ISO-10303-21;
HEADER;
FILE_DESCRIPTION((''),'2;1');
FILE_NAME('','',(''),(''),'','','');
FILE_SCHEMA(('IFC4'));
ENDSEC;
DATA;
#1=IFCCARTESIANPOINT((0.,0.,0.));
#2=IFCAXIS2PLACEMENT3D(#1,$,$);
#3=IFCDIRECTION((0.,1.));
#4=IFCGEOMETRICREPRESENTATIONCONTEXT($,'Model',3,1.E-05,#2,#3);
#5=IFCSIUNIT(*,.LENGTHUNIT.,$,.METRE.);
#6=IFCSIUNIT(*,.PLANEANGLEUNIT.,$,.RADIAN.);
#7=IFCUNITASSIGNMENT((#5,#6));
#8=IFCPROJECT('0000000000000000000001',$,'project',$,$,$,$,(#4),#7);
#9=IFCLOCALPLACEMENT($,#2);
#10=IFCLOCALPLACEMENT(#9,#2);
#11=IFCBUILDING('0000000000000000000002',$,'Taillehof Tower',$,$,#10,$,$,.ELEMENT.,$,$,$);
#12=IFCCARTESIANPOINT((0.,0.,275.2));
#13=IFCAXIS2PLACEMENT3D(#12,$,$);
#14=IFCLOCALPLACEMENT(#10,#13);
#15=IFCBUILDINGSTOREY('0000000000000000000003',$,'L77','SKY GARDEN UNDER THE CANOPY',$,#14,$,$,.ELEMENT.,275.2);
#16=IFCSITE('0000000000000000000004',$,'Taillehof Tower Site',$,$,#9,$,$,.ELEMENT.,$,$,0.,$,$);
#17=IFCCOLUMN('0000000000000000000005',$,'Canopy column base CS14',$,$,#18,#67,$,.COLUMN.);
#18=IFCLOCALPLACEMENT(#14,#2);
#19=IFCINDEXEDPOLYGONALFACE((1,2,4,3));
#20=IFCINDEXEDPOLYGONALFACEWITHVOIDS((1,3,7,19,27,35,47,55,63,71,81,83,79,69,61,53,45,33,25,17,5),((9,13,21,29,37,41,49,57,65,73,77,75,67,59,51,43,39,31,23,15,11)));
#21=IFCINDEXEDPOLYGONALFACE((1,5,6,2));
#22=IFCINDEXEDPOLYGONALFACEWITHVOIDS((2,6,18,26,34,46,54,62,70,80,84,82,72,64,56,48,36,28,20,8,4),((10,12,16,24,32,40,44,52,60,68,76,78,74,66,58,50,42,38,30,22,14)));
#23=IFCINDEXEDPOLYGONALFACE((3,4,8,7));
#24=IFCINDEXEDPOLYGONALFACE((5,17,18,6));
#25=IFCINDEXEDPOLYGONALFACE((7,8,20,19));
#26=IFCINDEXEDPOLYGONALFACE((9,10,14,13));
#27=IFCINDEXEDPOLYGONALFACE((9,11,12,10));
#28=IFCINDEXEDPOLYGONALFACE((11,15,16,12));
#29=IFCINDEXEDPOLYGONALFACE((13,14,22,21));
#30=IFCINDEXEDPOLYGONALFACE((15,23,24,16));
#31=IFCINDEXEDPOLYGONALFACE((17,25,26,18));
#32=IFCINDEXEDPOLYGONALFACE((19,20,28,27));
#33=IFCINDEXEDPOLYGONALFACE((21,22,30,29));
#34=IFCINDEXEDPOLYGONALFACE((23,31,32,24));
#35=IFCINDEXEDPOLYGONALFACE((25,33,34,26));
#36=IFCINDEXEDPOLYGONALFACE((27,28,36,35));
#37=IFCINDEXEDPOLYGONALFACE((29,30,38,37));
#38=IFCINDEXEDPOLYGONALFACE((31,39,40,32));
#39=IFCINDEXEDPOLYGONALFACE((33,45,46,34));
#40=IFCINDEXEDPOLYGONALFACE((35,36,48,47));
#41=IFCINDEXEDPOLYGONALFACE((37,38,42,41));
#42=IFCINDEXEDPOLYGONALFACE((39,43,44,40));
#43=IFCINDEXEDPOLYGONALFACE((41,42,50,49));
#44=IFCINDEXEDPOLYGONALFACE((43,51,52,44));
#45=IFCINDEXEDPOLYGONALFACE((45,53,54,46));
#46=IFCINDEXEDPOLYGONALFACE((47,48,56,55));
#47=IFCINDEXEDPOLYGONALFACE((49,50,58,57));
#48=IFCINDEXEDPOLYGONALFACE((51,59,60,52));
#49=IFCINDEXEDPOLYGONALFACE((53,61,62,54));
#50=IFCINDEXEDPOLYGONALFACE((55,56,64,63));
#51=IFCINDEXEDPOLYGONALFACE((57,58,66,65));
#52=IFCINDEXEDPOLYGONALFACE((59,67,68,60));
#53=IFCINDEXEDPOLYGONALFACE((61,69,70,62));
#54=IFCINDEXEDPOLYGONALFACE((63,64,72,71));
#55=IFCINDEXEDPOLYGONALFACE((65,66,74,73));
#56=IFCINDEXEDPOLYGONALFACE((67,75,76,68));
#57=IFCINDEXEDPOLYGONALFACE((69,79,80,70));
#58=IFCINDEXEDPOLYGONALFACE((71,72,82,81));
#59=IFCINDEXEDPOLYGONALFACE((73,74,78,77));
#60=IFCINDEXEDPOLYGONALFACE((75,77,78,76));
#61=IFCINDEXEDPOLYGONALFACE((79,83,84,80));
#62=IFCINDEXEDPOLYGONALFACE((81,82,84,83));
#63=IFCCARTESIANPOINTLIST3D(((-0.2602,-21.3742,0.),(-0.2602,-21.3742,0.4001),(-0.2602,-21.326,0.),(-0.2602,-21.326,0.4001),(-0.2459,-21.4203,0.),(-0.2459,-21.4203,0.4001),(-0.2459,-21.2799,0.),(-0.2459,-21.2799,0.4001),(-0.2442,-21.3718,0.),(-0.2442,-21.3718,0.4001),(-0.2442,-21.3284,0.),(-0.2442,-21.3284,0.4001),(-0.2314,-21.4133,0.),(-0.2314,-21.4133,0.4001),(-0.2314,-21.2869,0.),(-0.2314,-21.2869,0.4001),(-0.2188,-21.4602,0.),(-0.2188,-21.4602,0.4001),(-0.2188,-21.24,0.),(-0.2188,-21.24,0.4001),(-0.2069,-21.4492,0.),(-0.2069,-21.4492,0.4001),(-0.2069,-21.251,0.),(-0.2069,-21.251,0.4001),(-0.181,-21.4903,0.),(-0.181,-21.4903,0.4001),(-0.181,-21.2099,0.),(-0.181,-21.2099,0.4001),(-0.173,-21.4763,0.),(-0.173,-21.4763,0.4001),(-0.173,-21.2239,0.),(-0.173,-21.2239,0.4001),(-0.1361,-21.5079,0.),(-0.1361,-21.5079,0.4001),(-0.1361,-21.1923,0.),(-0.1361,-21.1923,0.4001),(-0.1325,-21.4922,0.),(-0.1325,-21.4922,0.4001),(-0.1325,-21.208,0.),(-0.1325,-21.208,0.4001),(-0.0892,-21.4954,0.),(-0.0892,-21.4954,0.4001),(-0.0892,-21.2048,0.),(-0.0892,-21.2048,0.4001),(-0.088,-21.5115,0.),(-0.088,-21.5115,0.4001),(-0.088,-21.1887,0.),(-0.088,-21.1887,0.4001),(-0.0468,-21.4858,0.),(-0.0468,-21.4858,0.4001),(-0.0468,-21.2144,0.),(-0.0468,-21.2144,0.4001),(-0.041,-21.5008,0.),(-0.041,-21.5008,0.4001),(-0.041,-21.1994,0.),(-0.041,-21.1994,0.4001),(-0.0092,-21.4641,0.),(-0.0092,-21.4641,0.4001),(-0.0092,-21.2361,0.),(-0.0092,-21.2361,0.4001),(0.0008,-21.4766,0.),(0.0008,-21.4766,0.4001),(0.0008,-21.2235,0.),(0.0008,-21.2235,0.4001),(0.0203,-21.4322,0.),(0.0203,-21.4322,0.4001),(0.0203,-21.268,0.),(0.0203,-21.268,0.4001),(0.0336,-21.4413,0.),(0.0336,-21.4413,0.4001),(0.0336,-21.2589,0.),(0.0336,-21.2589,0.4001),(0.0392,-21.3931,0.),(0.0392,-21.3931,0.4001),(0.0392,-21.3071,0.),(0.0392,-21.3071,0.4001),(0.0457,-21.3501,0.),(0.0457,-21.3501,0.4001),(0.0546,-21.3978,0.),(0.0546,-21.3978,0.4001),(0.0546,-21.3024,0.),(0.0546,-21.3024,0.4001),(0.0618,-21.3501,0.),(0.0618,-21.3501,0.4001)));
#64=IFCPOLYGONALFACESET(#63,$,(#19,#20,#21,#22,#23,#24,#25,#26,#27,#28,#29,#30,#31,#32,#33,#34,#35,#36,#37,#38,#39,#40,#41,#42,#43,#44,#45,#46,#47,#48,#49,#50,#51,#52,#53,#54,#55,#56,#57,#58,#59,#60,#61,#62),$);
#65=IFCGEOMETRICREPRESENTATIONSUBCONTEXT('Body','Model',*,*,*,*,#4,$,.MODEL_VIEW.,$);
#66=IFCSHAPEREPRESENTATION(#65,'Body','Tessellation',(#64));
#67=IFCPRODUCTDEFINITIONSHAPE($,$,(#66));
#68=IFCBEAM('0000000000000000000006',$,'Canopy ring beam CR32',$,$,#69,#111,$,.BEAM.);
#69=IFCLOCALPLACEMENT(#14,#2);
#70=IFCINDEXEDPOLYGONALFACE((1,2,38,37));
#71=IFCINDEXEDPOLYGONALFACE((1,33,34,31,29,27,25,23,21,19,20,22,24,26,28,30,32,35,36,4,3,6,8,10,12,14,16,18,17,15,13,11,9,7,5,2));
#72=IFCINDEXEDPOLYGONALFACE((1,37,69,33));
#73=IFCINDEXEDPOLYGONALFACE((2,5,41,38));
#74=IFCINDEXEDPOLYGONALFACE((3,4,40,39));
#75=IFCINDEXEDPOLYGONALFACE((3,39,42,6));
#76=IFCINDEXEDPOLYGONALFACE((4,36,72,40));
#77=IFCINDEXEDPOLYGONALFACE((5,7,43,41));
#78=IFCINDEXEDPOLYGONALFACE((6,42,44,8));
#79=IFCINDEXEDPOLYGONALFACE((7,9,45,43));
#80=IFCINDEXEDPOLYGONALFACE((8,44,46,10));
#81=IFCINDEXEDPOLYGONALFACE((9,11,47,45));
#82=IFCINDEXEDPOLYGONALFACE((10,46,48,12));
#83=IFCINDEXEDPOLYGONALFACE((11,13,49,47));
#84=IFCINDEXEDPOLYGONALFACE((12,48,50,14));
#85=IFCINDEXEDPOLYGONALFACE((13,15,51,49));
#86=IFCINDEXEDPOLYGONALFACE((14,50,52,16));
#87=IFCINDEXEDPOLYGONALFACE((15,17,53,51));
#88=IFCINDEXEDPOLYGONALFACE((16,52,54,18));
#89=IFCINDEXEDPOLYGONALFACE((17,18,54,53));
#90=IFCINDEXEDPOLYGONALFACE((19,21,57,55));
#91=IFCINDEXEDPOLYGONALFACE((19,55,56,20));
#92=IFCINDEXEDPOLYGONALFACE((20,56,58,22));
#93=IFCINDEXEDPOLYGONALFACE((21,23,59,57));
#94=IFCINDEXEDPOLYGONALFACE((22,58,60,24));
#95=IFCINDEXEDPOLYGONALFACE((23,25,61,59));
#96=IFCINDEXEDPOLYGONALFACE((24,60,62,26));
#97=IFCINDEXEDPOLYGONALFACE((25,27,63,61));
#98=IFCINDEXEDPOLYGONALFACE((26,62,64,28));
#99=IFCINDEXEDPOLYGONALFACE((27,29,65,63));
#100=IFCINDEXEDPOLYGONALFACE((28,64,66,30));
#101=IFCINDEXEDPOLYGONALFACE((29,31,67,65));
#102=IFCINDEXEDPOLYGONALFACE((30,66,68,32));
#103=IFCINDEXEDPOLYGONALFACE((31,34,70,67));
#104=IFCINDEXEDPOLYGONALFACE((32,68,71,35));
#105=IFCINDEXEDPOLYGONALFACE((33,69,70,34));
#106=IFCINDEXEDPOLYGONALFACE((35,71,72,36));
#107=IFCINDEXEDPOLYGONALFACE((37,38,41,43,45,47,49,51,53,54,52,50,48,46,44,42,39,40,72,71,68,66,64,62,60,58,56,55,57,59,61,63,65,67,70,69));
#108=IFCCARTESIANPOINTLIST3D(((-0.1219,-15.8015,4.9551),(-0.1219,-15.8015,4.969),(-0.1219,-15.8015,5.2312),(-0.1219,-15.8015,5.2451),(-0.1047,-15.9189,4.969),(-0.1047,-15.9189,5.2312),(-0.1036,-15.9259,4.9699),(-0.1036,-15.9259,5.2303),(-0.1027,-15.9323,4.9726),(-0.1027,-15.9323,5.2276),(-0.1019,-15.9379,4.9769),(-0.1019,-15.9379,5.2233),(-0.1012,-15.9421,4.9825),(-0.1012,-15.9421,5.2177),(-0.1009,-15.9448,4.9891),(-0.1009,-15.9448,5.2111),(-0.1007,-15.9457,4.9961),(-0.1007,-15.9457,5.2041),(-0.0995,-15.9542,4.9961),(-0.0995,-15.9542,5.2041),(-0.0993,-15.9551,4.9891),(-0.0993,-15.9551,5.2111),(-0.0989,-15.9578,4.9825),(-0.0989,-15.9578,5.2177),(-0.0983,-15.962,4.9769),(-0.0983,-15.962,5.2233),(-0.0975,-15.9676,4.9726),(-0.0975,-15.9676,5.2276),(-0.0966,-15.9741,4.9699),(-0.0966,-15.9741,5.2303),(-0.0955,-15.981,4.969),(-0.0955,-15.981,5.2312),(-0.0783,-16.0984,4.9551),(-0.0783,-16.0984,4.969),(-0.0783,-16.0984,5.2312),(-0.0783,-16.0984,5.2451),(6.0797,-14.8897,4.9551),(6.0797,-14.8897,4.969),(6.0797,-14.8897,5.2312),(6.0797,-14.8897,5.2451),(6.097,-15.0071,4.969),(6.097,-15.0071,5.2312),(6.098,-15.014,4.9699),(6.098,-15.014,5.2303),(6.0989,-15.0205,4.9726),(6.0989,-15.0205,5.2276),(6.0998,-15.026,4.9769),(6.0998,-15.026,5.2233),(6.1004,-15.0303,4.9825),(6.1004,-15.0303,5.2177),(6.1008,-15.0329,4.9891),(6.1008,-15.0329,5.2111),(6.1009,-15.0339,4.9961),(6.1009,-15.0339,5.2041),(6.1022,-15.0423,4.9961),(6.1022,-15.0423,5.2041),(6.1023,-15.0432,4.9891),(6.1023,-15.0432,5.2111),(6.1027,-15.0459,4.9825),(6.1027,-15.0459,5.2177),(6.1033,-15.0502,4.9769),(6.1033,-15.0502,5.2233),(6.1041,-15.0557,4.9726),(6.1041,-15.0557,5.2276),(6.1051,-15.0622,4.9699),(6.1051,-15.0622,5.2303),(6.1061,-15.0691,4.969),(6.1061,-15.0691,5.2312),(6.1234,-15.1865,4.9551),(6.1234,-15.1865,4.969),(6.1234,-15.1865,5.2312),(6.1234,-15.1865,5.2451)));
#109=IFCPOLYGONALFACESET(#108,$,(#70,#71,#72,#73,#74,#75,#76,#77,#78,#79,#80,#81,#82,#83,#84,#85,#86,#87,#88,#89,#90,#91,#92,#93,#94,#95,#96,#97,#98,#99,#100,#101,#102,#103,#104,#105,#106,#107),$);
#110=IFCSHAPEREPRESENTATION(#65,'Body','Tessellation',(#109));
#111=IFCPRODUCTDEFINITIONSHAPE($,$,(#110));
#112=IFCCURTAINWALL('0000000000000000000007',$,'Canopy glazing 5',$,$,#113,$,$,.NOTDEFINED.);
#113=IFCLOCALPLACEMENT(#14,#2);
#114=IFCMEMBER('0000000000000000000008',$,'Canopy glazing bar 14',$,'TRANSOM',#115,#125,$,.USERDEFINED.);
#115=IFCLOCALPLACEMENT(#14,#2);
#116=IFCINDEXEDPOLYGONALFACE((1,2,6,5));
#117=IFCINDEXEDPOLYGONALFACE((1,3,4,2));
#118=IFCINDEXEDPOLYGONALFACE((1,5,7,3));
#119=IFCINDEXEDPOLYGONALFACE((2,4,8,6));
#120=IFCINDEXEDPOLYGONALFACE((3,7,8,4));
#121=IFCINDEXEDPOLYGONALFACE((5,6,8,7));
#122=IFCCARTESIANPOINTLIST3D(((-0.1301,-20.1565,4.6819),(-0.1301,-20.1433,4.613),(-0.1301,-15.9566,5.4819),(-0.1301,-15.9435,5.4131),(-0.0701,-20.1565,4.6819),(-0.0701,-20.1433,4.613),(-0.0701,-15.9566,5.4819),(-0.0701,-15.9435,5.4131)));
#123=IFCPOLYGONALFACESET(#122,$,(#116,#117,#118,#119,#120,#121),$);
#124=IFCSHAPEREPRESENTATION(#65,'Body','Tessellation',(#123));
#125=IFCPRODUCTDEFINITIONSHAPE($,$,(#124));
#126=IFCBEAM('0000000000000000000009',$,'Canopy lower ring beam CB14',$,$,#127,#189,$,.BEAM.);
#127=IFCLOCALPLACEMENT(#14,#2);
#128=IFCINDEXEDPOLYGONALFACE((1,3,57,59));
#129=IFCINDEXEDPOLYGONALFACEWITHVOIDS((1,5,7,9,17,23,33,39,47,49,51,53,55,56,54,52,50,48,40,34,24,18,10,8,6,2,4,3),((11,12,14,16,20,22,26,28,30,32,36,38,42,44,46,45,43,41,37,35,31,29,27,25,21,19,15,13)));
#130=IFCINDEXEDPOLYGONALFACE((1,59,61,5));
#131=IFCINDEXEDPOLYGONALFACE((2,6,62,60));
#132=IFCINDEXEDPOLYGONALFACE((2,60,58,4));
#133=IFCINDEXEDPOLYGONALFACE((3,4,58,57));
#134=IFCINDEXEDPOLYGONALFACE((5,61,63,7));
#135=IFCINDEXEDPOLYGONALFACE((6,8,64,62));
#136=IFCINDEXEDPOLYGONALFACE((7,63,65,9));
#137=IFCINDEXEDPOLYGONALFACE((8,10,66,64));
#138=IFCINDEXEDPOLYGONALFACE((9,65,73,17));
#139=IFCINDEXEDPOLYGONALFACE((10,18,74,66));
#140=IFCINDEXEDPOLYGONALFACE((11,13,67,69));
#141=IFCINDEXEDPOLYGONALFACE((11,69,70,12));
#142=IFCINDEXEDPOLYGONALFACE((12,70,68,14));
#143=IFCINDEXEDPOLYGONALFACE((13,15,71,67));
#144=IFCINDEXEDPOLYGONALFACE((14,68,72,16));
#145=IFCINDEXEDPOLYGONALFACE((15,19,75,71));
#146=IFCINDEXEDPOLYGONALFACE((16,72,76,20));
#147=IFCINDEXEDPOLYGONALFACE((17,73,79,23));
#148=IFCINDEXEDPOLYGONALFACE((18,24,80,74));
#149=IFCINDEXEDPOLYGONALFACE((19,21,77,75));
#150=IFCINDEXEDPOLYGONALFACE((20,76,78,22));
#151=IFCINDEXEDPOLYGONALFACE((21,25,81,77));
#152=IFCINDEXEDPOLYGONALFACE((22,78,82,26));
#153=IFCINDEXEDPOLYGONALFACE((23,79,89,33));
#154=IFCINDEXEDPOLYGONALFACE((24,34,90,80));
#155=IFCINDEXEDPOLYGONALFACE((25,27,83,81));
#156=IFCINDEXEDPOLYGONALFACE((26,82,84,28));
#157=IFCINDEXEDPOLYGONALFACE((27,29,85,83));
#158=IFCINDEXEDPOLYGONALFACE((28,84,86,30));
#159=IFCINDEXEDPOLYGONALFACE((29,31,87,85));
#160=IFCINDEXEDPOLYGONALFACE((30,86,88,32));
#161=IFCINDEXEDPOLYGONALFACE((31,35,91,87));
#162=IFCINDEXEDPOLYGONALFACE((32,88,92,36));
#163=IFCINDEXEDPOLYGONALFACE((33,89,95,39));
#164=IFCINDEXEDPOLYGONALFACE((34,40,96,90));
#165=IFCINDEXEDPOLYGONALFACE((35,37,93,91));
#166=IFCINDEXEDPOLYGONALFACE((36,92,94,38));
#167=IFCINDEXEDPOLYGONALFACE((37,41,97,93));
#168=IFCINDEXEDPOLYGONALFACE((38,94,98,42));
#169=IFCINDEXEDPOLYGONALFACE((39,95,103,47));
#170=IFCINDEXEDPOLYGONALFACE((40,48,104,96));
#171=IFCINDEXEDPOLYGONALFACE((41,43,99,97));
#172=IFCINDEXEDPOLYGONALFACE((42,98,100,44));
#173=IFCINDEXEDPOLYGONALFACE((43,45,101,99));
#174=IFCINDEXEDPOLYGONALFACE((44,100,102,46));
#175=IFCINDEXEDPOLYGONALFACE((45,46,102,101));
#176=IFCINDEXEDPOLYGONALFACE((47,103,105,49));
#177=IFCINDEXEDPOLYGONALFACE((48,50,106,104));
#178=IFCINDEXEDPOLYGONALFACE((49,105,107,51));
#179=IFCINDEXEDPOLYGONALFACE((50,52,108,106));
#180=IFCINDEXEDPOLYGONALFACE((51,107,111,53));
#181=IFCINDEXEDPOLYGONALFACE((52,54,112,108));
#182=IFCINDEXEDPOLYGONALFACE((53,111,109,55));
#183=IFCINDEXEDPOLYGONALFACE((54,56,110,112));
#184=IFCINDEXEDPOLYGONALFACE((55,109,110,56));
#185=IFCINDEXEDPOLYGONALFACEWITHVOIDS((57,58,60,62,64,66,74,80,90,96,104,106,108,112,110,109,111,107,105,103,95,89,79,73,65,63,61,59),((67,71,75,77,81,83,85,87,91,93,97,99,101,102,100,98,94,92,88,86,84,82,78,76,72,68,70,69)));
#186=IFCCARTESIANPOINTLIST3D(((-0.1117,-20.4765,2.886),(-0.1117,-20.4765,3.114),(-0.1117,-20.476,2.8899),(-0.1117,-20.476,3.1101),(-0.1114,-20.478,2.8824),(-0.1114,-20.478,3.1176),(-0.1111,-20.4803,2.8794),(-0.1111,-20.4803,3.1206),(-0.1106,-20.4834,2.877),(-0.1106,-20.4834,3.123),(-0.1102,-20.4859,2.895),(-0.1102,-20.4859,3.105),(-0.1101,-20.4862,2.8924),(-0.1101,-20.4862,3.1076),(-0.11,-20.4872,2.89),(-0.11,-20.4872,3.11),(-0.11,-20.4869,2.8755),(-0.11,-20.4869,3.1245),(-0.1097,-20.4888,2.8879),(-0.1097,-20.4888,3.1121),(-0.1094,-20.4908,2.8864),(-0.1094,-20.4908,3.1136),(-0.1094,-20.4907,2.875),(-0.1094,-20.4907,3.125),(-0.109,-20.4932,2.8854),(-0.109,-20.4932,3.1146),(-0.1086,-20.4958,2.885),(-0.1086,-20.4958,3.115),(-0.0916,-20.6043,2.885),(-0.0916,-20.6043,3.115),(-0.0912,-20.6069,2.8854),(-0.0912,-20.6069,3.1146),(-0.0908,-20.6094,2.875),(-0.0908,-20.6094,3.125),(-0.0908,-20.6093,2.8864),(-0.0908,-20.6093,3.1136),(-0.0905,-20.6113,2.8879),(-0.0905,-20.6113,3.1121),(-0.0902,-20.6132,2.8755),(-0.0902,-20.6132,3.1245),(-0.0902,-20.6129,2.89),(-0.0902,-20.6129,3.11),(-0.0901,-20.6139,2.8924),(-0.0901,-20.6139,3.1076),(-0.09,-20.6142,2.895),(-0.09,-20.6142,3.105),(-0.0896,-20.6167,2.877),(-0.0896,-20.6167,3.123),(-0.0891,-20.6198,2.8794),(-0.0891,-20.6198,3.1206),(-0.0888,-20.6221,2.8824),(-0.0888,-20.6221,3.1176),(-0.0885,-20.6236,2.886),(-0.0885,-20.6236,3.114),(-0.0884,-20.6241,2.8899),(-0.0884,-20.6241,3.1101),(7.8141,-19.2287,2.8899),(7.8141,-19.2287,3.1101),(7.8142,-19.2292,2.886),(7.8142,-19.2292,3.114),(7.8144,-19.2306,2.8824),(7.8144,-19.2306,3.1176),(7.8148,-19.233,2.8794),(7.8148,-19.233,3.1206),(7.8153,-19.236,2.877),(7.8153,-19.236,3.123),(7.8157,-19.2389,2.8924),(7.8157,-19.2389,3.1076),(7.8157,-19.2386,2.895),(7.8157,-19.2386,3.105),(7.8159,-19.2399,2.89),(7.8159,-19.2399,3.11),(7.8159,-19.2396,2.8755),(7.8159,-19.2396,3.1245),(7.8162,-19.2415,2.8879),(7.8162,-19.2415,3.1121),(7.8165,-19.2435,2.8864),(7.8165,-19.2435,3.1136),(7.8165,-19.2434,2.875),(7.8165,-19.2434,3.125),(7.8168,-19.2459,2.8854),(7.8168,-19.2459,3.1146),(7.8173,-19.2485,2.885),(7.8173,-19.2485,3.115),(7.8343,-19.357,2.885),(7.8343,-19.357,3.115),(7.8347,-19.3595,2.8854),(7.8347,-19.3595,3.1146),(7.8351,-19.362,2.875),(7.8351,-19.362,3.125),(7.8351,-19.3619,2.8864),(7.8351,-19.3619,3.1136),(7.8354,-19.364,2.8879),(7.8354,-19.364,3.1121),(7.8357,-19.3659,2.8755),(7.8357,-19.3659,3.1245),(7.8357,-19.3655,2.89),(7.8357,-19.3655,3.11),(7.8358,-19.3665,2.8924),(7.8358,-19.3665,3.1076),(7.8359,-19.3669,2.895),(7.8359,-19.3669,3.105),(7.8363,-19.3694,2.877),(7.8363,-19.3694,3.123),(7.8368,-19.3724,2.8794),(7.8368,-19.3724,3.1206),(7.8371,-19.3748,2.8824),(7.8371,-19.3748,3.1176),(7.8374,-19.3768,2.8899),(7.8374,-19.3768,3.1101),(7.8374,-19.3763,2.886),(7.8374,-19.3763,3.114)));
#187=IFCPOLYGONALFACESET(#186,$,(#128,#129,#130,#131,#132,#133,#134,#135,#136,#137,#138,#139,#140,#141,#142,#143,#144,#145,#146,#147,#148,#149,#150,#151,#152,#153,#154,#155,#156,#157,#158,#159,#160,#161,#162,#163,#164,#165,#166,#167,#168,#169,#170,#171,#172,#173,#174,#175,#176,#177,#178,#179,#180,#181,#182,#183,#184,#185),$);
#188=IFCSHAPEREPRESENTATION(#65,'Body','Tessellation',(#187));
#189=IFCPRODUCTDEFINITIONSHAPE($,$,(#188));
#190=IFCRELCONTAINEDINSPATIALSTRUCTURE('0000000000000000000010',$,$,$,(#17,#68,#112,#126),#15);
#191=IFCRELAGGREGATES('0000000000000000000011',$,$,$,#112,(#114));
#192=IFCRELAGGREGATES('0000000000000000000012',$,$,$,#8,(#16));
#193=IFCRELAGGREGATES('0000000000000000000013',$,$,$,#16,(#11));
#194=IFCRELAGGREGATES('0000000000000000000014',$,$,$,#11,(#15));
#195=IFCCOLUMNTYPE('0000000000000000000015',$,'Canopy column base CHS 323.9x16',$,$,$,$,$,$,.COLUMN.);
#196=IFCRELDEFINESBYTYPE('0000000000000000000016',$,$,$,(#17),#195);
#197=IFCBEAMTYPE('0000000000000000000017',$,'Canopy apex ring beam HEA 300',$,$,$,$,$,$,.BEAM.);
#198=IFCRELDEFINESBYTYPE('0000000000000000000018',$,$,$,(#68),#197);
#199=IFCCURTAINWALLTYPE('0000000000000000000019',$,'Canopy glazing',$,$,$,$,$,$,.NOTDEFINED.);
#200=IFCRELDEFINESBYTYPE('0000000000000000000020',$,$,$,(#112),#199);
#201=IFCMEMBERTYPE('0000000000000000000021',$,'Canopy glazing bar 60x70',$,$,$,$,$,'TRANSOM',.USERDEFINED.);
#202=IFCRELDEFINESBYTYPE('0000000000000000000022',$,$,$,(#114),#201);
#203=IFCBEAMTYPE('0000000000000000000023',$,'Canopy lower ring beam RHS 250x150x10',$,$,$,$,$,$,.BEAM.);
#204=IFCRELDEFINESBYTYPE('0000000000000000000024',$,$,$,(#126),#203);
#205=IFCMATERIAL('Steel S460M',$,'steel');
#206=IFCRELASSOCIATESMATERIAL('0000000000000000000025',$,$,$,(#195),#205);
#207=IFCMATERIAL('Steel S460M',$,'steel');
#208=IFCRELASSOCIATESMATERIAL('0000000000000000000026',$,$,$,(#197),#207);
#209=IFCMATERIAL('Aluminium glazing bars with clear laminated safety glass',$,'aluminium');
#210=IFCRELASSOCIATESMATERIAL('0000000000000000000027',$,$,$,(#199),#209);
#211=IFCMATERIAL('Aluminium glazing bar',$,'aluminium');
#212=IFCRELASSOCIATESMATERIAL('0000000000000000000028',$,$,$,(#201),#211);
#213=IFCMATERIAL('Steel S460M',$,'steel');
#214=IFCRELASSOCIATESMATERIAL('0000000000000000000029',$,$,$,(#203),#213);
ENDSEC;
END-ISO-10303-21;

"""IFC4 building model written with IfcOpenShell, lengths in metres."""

from ifc_helpers import new_model, si_unit, direction, frame, origin, origin_2d, place, context, subcontext, project, spatial, rectangle, hollow_rectangle, hollow_circle, i_section, extrude, material, material_profile, profile_set, type_object, element, aggregate, save


model = new_model("IFC4")

# Units and contexts
model_context = context("Model", 3, precision=1e-05, world=origin(), true_north=direction((0.0, 1.0)))
body_context = subcontext(model_context, "Body", "Model", "MODEL_VIEW")
ifc_project = project(units=[si_unit("LENGTHUNIT", "METRE"), si_unit("PLANEANGLEUNIT", "RADIAN")], contexts=[model_context])

# Site, building, storey
site_placement = place(None, origin())
site = spatial("IfcSite", under=ifc_project, at=site_placement, Name="Taillehof Tower Site", CompositionType="ELEMENT", RefElevation=0.0)
building_placement = place(site_placement, origin())
building = spatial("IfcBuilding", under=site, at=building_placement, Name="Taillehof Tower", CompositionType="ELEMENT")
storey_placement = place(building_placement, frame((0.0, 0.0, 275.2)))
storey = spatial("IfcBuildingStorey", under=building, at=storey_placement, Name="L77", Description="SKY GARDEN UNDER THE CANOPY", CompositionType="ELEMENT", Elevation=275.2)

# Column
ifc_material_1 = material(Name="Steel S460M", Category="steel")
ifc_material_profile_1 = material_profile(ifc_material_1, hollow_circle(Radius=0.1619, WallThickness=0.0161, at=origin_2d()), Name="CHS 323.9x16")
ifc_profile_set_1 = profile_set([ifc_material_profile_1], Name="Steel S460M")
column_type = type_object("IfcColumnType", Name="Canopy column base CHS 323.9x16", PredefinedType="COLUMN", material=ifc_profile_set_1)
column_placement = place(storey_placement, frame((-0.1001, -21.3501, 0.0), z_axis=(0.0, 0.0, 1.0), x_axis=(1.0, 0.0, 0.0)))
element("IfcColumn", 1, at=column_placement, inside=storey, type_object=column_type, Name="Canopy column base CS14", PredefinedType="COLUMN", context=body_context, shape_type="SweptSolid", body=[
    extrude(hollow_circle(Radius=0.1619, WallThickness=0.0161, at=origin_2d()), origin(), (0.0, 0.0, 1.0), 0.4001),
])

# Beam
ifc_material_2 = material(Name="Steel S460M", Category="steel")
ifc_material_profile_2 = material_profile(ifc_material_2, i_section(OverallWidth=0.3, OverallDepth=0.29, WebThickness=0.0085, FlangeThickness=0.0139, FilletRadius=0.0271, at=origin_2d()), Name="HEA 300")
ifc_profile_set_2 = profile_set([ifc_material_profile_2], Name="Steel S460M")
beam_type_1 = type_object("IfcBeamType", Name="Canopy apex ring beam HEA 300", PredefinedType="BEAM", material=ifc_profile_set_2)
beam_1_placement = place(storey_placement, frame((-0.1001, -15.95, 5.1001), z_axis=(0.989362, 0.145472, 0.0), x_axis=(-0.145472, 0.989362, 0.0)))
element("IfcBeam", 2, at=beam_1_placement, inside=storey, type_object=beam_type_1, Name="Canopy ring beam CR32", PredefinedType="BEAM", context=body_context, shape_type="SweptSolid", body=[
    extrude(i_section(OverallWidth=0.3, OverallDepth=0.29, WebThickness=0.0085, FlangeThickness=0.0139, FilletRadius=0.0271, at=origin_2d()), origin(), (0.0, 0.0, 1.0), 6.2683),
])

# Curtain wall, member
ifc_material_3 = material(Name="Aluminium glazing bars with clear laminated safety glass", Category="aluminium")
curtain_wall_type = type_object("IfcCurtainWallType", Name="Canopy glazing", PredefinedType="NOTDEFINED", material=ifc_material_3)
curtain_wall_placement = place(storey_placement, origin())
curtain_wall = element("IfcCurtainWall", 3, at=curtain_wall_placement, inside=storey, type_object=curtain_wall_type, Name="Canopy glazing 5", PredefinedType="NOTDEFINED")
ifc_material_4 = material(Name="Aluminium glazing bar", Category="aluminium")
ifc_material_profile_3 = material_profile(ifc_material_4, rectangle(XDim=0.0601, YDim=0.0701, at=origin_2d()), Name="AL 60x70")
ifc_profile_set_3 = profile_set([ifc_material_profile_3], Name="Aluminium glazing bar")
member_type_1 = type_object("IfcMemberType", Name="Canopy glazing bar 60x70", ElementType="TRANSOM", PredefinedType="USERDEFINED", material=ifc_profile_set_3)
member_1_placement = place(storey_placement, frame((-0.1001, -20.1499, 4.6475), z_axis=(0.0, 0.982336, 0.187125), x_axis=(-1.0, 0.0, 0.0)))
member_1 = element("IfcMember", 4, at=member_1_placement, type_object=member_type_1, Name="Canopy glazing bar 14", ObjectType="TRANSOM", PredefinedType="USERDEFINED", context=body_context, shape_type="SweptSolid", body=[
    extrude(rectangle(XDim=0.0601, YDim=0.0701, at=origin_2d()), origin(), (0.0, 0.0, 1.0), 4.2754),
])
aggregate(curtain_wall, [member_1])

# Beam
ifc_material_5 = material(Name="Steel S460M", Category="steel")
ifc_material_profile_4 = material_profile(ifc_material_5, hollow_rectangle(XDim=0.1499, YDim=0.25, WallThickness=0.01, InnerFilletRadius=0.01, OuterFilletRadius=0.0149, at=origin_2d()), Name="RHS 250x150x10")
ifc_profile_set_4 = profile_set([ifc_material_profile_4], Name="Steel S460M")
beam_type_2 = type_object("IfcBeamType", Name="Canopy lower ring beam RHS 250x150x10", PredefinedType="BEAM", material=ifc_profile_set_4)
beam_2_placement = place(storey_placement, frame((-0.1001, -20.55, 3.0), z_axis=(0.987842, 0.155461, 0.0), x_axis=(-0.155461, 0.987842, 0.0)))
element("IfcBeam", 5, at=beam_2_placement, inside=storey, type_object=beam_type_2, Name="Canopy lower ring beam CB14", PredefinedType="BEAM", context=body_context, shape_type="SweptSolid", body=[
    extrude(hollow_rectangle(XDim=0.1499, YDim=0.25, WallThickness=0.01, InnerFilletRadius=0.01, OuterFilletRadius=0.0149, at=origin_2d()), origin(), (0.0, 0.0, 1.0), 8.0234),
])

save(model, "model.ifc")
